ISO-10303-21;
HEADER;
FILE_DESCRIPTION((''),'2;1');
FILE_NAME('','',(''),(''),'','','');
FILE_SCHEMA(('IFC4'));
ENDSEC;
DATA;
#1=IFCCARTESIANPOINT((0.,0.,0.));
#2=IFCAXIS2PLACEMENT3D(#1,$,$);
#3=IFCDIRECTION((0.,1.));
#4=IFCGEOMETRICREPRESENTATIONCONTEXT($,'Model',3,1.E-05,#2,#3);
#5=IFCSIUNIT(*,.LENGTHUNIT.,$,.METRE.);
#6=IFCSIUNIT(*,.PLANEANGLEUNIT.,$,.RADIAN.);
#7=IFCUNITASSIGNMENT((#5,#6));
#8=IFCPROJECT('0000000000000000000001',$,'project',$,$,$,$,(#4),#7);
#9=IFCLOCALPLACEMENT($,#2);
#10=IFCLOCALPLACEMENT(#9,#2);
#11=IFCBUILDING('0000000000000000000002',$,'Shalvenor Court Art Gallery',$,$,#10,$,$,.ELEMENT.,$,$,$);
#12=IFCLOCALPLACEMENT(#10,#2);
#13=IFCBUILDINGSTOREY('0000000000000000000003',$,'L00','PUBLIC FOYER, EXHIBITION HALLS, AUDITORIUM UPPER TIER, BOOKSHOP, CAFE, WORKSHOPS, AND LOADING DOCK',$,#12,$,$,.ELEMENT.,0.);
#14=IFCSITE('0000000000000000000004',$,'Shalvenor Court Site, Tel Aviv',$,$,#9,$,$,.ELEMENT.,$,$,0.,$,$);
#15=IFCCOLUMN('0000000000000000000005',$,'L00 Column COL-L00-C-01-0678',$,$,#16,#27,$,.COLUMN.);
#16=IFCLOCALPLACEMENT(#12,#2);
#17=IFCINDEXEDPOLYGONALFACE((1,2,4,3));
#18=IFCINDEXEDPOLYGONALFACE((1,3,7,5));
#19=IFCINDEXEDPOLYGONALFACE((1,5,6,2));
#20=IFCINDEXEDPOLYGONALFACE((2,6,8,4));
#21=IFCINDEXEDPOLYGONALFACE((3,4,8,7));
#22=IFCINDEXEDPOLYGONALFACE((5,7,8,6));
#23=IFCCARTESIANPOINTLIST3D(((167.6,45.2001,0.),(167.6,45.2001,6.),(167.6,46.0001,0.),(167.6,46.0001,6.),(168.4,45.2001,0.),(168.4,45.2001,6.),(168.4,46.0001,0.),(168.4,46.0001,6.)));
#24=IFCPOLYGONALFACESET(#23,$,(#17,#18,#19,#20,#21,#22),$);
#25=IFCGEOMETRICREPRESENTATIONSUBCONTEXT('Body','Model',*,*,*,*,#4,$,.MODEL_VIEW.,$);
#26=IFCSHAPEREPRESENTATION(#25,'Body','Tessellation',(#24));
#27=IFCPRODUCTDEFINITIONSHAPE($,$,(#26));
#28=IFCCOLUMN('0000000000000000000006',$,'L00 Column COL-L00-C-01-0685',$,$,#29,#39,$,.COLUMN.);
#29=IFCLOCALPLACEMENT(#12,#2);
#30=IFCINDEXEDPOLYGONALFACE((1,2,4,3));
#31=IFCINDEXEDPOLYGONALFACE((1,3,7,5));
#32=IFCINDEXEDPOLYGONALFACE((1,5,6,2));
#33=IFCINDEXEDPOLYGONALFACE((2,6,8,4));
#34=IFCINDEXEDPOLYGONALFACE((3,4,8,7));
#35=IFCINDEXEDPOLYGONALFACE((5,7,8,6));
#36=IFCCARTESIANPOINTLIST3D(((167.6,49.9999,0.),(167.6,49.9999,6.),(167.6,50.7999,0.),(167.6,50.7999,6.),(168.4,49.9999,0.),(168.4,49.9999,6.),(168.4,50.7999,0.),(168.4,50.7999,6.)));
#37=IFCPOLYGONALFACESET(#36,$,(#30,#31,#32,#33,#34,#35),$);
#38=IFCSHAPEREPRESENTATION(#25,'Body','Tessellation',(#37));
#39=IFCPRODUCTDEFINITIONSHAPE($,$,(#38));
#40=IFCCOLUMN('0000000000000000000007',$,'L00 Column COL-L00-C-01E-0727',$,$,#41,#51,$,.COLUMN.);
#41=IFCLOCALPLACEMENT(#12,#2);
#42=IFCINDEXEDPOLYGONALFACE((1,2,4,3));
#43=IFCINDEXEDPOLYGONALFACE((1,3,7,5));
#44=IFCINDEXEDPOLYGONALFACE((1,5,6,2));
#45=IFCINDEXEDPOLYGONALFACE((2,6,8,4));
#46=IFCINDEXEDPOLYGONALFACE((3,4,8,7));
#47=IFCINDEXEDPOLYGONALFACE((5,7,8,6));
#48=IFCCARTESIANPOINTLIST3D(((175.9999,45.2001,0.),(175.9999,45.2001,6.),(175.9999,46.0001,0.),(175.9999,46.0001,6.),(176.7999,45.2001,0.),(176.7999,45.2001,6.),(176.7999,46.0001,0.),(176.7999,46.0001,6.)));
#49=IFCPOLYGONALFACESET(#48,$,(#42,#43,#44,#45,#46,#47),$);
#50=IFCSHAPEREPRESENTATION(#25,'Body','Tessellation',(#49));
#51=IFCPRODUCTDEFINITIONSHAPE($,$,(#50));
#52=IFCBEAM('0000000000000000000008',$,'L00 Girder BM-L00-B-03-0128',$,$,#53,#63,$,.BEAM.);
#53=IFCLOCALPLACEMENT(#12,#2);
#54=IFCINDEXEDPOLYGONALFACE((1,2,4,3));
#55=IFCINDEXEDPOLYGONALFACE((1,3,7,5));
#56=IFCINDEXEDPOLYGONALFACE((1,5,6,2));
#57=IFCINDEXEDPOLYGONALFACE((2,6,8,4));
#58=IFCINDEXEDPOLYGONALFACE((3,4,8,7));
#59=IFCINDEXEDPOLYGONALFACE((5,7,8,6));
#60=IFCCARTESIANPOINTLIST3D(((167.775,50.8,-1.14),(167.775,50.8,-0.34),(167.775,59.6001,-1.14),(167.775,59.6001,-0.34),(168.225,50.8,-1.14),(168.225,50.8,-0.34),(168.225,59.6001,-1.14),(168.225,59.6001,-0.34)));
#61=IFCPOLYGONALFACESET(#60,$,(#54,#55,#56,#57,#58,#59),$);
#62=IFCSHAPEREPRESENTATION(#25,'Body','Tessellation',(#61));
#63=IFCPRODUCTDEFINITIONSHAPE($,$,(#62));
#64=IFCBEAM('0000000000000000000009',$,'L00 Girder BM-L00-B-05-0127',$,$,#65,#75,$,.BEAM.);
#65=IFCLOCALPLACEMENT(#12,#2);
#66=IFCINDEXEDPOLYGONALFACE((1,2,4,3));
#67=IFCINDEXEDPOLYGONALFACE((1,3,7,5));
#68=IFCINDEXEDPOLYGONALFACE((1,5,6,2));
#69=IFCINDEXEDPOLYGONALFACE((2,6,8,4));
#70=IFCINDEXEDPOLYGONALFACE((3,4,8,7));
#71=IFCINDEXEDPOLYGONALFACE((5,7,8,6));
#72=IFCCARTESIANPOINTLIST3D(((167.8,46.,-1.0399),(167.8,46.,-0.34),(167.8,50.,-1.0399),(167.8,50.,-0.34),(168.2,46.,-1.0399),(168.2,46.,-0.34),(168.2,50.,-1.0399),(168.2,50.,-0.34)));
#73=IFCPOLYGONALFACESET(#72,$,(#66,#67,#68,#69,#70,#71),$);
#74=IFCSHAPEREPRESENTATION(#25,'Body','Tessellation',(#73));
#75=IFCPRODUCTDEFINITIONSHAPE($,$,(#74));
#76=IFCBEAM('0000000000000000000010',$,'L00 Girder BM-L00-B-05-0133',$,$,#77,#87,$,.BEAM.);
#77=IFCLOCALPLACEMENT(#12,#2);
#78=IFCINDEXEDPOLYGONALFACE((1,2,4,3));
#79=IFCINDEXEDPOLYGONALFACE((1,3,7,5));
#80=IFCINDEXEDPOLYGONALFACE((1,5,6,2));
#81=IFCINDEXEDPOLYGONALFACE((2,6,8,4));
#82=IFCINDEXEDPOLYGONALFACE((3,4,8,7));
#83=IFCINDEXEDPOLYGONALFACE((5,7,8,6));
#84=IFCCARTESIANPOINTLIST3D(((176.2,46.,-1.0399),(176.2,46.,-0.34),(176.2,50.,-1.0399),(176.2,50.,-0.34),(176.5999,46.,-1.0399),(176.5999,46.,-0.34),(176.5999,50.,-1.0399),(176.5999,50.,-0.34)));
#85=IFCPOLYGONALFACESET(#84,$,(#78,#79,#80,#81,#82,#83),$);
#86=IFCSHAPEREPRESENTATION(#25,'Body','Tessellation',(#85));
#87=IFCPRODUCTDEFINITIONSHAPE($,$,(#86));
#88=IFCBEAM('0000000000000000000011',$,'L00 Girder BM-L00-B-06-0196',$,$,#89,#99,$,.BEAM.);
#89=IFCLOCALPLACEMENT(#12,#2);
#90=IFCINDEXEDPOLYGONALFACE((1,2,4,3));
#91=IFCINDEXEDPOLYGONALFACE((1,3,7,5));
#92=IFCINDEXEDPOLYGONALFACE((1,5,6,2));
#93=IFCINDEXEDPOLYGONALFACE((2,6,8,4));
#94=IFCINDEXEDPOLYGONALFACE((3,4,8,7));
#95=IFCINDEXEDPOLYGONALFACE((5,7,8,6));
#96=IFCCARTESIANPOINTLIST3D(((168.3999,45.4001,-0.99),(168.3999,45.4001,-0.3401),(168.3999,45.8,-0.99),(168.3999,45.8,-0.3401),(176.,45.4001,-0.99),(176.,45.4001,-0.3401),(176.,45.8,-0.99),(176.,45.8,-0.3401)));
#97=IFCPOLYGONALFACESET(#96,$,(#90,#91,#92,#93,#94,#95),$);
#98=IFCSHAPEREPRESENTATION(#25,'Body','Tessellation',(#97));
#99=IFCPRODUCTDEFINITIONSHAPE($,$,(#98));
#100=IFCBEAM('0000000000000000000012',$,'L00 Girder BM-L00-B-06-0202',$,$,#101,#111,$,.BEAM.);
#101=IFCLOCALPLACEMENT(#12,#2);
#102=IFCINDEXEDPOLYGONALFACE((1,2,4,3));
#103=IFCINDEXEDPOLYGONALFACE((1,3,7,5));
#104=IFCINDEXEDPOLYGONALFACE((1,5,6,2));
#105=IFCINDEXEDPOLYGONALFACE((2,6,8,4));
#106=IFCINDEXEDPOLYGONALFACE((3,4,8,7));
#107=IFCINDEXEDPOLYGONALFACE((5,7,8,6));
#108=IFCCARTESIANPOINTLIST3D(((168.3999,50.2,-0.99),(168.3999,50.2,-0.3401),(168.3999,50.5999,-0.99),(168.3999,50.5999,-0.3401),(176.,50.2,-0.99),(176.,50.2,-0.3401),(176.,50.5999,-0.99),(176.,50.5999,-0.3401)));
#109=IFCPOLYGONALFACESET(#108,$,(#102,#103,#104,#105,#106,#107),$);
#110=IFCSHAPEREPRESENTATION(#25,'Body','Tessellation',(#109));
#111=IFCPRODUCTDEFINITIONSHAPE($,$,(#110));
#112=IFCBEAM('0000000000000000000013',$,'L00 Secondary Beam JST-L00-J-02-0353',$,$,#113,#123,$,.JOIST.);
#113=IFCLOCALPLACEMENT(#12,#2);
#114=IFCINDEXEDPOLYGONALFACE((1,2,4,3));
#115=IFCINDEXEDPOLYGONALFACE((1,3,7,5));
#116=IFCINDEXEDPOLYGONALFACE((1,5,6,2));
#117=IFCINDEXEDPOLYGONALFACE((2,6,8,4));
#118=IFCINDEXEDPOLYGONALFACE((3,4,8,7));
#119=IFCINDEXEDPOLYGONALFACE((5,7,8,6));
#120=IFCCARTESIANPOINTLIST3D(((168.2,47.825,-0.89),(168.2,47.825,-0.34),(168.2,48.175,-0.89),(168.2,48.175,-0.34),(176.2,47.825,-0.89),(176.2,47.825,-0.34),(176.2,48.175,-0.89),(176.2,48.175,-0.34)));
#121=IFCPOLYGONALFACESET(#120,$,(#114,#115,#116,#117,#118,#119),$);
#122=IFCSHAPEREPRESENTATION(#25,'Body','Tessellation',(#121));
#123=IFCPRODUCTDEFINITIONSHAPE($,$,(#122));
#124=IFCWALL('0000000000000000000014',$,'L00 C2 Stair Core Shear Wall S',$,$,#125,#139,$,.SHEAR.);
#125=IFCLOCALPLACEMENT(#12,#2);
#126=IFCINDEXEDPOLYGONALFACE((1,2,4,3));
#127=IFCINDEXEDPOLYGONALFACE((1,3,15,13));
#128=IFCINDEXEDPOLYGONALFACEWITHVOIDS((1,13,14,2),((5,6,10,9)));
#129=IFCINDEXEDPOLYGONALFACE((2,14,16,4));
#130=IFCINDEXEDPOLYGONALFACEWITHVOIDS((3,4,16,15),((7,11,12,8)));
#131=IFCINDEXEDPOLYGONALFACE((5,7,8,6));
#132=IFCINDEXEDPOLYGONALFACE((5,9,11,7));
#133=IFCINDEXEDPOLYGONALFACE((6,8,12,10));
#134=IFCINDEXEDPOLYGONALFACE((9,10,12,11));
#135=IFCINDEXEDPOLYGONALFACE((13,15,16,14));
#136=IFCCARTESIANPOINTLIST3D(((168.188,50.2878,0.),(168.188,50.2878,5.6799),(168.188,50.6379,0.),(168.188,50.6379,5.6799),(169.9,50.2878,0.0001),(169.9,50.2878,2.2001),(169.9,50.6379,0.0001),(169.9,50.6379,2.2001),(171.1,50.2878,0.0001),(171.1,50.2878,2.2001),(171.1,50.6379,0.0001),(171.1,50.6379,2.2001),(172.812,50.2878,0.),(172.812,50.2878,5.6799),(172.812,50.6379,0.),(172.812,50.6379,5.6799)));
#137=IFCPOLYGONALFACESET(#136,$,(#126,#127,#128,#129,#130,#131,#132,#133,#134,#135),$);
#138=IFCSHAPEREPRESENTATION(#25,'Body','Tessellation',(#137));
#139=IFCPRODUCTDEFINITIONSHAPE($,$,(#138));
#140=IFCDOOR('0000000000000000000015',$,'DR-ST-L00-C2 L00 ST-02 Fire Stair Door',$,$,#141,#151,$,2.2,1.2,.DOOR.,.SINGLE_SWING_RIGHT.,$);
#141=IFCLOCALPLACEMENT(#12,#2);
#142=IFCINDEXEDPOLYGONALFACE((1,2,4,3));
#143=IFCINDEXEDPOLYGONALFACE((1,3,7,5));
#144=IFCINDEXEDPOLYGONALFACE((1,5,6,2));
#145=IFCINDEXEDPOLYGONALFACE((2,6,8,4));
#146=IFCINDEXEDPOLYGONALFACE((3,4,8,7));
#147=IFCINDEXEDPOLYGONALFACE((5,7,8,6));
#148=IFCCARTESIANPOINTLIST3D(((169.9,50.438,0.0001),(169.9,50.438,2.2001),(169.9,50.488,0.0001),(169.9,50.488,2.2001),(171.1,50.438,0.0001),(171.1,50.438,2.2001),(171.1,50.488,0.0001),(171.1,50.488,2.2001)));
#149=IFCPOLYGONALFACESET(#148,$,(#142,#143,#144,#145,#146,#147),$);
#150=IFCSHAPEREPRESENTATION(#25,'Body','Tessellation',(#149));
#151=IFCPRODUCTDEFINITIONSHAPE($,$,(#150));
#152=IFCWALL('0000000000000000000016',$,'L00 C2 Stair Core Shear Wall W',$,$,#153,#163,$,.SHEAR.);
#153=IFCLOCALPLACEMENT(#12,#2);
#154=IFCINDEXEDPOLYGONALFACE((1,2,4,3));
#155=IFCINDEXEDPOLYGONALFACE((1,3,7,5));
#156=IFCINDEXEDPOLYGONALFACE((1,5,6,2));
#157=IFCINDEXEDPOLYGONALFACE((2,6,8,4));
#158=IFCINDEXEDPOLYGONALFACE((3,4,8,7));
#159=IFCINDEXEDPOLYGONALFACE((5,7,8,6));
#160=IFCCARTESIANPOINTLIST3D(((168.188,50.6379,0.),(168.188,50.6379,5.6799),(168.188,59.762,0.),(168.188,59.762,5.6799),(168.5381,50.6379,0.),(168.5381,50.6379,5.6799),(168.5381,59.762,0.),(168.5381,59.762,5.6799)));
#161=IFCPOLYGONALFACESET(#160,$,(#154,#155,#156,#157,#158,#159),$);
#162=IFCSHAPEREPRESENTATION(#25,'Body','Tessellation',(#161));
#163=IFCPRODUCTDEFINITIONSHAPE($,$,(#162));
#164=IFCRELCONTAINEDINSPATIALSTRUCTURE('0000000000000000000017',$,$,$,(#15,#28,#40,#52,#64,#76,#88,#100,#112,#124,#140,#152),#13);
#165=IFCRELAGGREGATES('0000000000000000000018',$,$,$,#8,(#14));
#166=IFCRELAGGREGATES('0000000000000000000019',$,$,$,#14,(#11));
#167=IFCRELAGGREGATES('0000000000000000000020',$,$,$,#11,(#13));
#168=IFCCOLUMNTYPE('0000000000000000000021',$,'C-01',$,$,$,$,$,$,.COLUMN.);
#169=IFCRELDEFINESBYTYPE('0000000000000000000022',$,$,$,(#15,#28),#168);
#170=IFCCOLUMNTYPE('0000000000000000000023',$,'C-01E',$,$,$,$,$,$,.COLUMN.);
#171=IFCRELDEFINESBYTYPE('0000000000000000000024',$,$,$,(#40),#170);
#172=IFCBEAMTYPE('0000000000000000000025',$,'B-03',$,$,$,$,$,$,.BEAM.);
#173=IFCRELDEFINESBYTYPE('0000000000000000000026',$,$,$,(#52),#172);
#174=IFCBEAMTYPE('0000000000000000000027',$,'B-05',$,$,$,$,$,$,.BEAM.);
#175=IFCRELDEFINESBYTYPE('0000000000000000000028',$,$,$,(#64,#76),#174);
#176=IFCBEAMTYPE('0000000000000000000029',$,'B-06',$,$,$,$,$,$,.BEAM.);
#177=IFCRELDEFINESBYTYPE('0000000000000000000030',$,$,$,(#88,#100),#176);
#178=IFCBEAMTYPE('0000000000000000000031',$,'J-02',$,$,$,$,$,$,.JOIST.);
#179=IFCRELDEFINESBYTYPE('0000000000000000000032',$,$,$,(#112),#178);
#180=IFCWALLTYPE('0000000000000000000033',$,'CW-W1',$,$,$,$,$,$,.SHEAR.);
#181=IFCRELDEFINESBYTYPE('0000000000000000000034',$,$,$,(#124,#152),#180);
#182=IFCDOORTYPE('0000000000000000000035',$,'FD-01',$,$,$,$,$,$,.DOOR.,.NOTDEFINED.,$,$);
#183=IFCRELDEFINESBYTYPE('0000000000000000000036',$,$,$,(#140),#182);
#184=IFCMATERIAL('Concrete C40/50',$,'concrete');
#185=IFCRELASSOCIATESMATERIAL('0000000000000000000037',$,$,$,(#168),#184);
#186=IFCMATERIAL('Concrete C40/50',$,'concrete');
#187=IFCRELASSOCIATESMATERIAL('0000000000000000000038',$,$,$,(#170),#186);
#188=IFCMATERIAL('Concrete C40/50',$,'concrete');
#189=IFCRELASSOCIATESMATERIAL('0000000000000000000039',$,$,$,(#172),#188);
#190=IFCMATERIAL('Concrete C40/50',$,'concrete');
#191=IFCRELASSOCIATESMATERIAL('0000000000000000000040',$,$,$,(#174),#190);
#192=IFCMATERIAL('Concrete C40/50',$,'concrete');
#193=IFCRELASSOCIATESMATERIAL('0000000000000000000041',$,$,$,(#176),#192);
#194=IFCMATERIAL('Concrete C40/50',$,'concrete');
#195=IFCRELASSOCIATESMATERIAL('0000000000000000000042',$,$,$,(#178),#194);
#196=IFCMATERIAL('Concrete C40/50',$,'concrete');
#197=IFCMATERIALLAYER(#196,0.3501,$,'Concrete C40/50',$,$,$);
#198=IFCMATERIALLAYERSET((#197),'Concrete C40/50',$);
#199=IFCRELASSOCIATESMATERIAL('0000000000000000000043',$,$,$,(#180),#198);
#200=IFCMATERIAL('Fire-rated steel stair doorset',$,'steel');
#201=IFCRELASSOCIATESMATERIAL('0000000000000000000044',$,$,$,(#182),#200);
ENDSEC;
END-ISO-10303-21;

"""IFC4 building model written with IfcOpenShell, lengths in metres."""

from ifc_helpers import new_model, si_unit, direction, frame, frame_2d, origin, origin_2d, place, context, subcontext, project, spatial, rectangle, extrude, material, layer, layer_set, material_profile, profile_set, type_object, element, fill, save


model = new_model("IFC4")

# Units and contexts
model_context = context("Model", 3, precision=1e-05, world=origin(), true_north=direction((0.0, 1.0)))
body_context = subcontext(model_context, "Body", "Model", "MODEL_VIEW")
ifc_project = project(units=[si_unit("LENGTHUNIT", "METRE"), si_unit("PLANEANGLEUNIT", "RADIAN")], contexts=[model_context])

# Site, building, storey
site_placement = place(None, origin())
site = spatial("IfcSite", under=ifc_project, at=site_placement, Name="Shalvenor Court Site, Tel Aviv", CompositionType="ELEMENT", RefElevation=0.0)
building_placement = place(site_placement, origin())
building = spatial("IfcBuilding", under=site, at=building_placement, Name="Shalvenor Court Art Gallery", CompositionType="ELEMENT")
storey_placement = place(building_placement, origin())
storey = spatial("IfcBuildingStorey", under=building, at=storey_placement, Name="L00", Description="PUBLIC FOYER, EXHIBITION HALLS, AUDITORIUM UPPER TIER, BOOKSHOP, CAFE, WORKSHOPS, AND LOADING DOCK", CompositionType="ELEMENT", Elevation=0.0)

# Columns
ifc_material_1 = material(Name="Concrete C40/50", Category="concrete")
ifc_material_profile_1 = material_profile(ifc_material_1, rectangle(XDim=0.8, YDim=0.8, at=origin_2d()), Name="RC 800x800")
ifc_profile_set_1 = profile_set([ifc_material_profile_1], Name="Concrete C40/50")
column_type_1 = type_object("IfcColumnType", Name="C-01", PredefinedType="COLUMN", material=ifc_profile_set_1)
for number, where, z_axis, x_axis, name in (
    (1, (168.0, 45.6001, 0.0), (0.0, 0.0, 1.0), (1.0, 0.0, 0.0), "L00 Column COL-L00-C-01-0678"),
    (2, (168.0, 50.3999, 0.0), (0.0, 0.0, 1.0), (1.0, 0.0, 0.0), "L00 Column COL-L00-C-01-0685"),
):
    element("IfcColumn", number, at=place(storey_placement, frame(where, z_axis=z_axis, x_axis=x_axis)), inside=storey, type_object=column_type_1, Name=name, PredefinedType="COLUMN", context=body_context, shape_type="SweptSolid", body=[
        extrude(rectangle(XDim=0.8, YDim=0.8, at=origin_2d()), origin(), (0.0, 0.0, 1.0), 6.0),
    ])
ifc_material_2 = material(Name="Concrete C40/50", Category="concrete")
ifc_material_profile_2 = material_profile(ifc_material_2, rectangle(XDim=0.8, YDim=0.8, at=origin_2d()), Name="RC 800x800")
ifc_profile_set_2 = profile_set([ifc_material_profile_2], Name="Concrete C40/50")
column_type_2 = type_object("IfcColumnType", Name="C-01E", PredefinedType="COLUMN", material=ifc_profile_set_2)
column_placement = place(storey_placement, frame((176.3999, 45.6001, 0.0), z_axis=(0.0, 0.0, 1.0), x_axis=(1.0, 0.0, 0.0)))
element("IfcColumn", 3, at=column_placement, inside=storey, type_object=column_type_2, Name="L00 Column COL-L00-C-01E-0727", PredefinedType="COLUMN", context=body_context, shape_type="SweptSolid", body=[
    extrude(rectangle(XDim=0.8, YDim=0.8, at=origin_2d()), origin(), (0.0, 0.0, 1.0), 6.0),
])

# Beams
ifc_material_3 = material(Name="Concrete C40/50", Category="concrete")
ifc_material_profile_3 = material_profile(ifc_material_3, rectangle(XDim=0.45, YDim=0.8, at=origin_2d()), Name="RC 450x800")
ifc_profile_set_3 = profile_set([ifc_material_profile_3], Name="Concrete C40/50")
beam_type_1 = type_object("IfcBeamType", Name="B-03", PredefinedType="BEAM", material=ifc_profile_set_3)
beam_1_placement = place(storey_placement, frame((168.0, 50.8, -0.74), z_axis=(0.0, 1.0, 0.0), x_axis=(-1.0, 0.0, 0.0)))
element("IfcBeam", 4, at=beam_1_placement, inside=storey, type_object=beam_type_1, Name="L00 Girder BM-L00-B-03-0128", PredefinedType="BEAM", context=body_context, shape_type="SweptSolid", body=[
    extrude(rectangle(XDim=0.45, YDim=0.8, at=origin_2d()), origin(), (0.0, 0.0, 1.0), 8.8),
])
ifc_material_4 = material(Name="Concrete C40/50", Category="concrete")
ifc_material_profile_4 = material_profile(ifc_material_4, rectangle(XDim=0.3999, YDim=0.7, at=origin_2d()), Name="RC 400x700")
ifc_profile_set_4 = profile_set([ifc_material_profile_4], Name="Concrete C40/50")
beam_type_2 = type_object("IfcBeamType", Name="B-05", PredefinedType="BEAM", material=ifc_profile_set_4)
for number, where, z_axis, x_axis, name in (
    (5, (168.0, 46.0, -0.6899), (0.0, 1.0, 0.0), (-1.0, 0.0, 0.0), "L00 Girder BM-L00-B-05-0127"),
    (6, (176.3999, 46.0, -0.6899), (0.0, 1.0, 0.0), (-1.0, 0.0, 0.0), "L00 Girder BM-L00-B-05-0133"),
):
    element("IfcBeam", number, at=place(storey_placement, frame(where, z_axis=z_axis, x_axis=x_axis)), inside=storey, type_object=beam_type_2, Name=name, PredefinedType="BEAM", context=body_context, shape_type="SweptSolid", body=[
        extrude(rectangle(XDim=0.3999, YDim=0.7, at=origin_2d()), origin(), (0.0, 0.0, 1.0), 4.0),
    ])
ifc_material_5 = material(Name="Concrete C40/50", Category="concrete")
ifc_material_profile_5 = material_profile(ifc_material_5, rectangle(XDim=0.3999, YDim=0.6499, at=origin_2d()), Name="RC 400x650")
ifc_profile_set_5 = profile_set([ifc_material_profile_5], Name="Concrete C40/50")
beam_type_3 = type_object("IfcBeamType", Name="B-06", PredefinedType="BEAM", material=ifc_profile_set_5)
for number, where, z_axis, x_axis, name in (
    (7, (168.3999, 45.6001, -0.665), (1.0, 0.0, 0.0), (0.0, 1.0, 0.0), "L00 Girder BM-L00-B-06-0196"),
    (8, (168.3999, 50.3999, -0.665), (1.0, 0.0, 0.0), (0.0, 1.0, 0.0), "L00 Girder BM-L00-B-06-0202"),
):
    element("IfcBeam", number, at=place(storey_placement, frame(where, z_axis=z_axis, x_axis=x_axis)), inside=storey, type_object=beam_type_3, Name=name, PredefinedType="BEAM", context=body_context, shape_type="SweptSolid", body=[
        extrude(rectangle(XDim=0.3999, YDim=0.6499, at=origin_2d()), origin(), (0.0, 0.0, 1.0), 7.6001),
    ])
ifc_material_6 = material(Name="Concrete C40/50", Category="concrete")
ifc_material_profile_6 = material_profile(ifc_material_6, rectangle(XDim=0.3501, YDim=0.55, at=origin_2d()), Name="RC 350x550")
ifc_profile_set_6 = profile_set([ifc_material_profile_6], Name="Concrete C40/50")
beam_type_4 = type_object("IfcBeamType", Name="J-02", PredefinedType="JOIST", material=ifc_profile_set_6)
beam_2_placement = place(storey_placement, frame((168.2, 48.0, -0.615), z_axis=(1.0, 0.0, 0.0), x_axis=(0.0, 1.0, 0.0)))
element("IfcBeam", 9, at=beam_2_placement, inside=storey, type_object=beam_type_4, Name="L00 Secondary Beam JST-L00-J-02-0353", PredefinedType="JOIST", context=body_context, shape_type="SweptSolid", body=[
    extrude(rectangle(XDim=0.3501, YDim=0.55, at=origin_2d()), origin(), (0.0, 0.0, 1.0), 8.0),
])

# Wall, opening, door
ifc_material_7 = material(Name="Concrete C40/50", Category="concrete")
ifc_layer_1 = layer(ifc_material_7, 0.3501, Name="Concrete C40/50")
ifc_layer_set_1 = layer_set([ifc_layer_1], Name="Concrete C40/50")
wall_type_1 = type_object("IfcWallType", Name="CW-W1", PredefinedType="SHEAR", material=ifc_layer_set_1)
wall_1_placement = place(storey_placement, frame((172.812, 50.4629, 0.0), z_axis=(0.0, 0.0, 1.0), x_axis=(-1.0, 0.0, 0.0)))
wall_1 = element("IfcWall", 10, at=wall_1_placement, inside=storey, type_object=wall_type_1, Name="L00 C2 Stair Core Shear Wall S", PredefinedType="SHEAR", context=body_context, shape_type="SweptSolid", body=[
    extrude(rectangle(XDim=4.624, YDim=0.3501, at=frame_2d((2.312, 0.0))), origin(), (0.0, 0.0, 1.0), 5.6799),
])
opening_1_placement = place(wall_1_placement, frame((1.7119, 0.0, 0.0)))
opening_1 = element("IfcOpeningElement", 11, at=opening_1_placement, cuts=wall_1, PredefinedType="OPENING", context=body_context, shape_type="SweptSolid", body=[
    extrude(rectangle(XDim=1.2, YDim=2.2, at=frame_2d((0.6001, 1.1001))), frame((0.0, 0.1851, 0.0), z_axis=(0.0, -1.0, 0.0), x_axis=(1.0, 0.0, 0.0)), (0.0, 0.0, 1.0), 0.3701),
])
ifc_material_8 = material(Name="Fire-rated steel stair doorset", Category="steel")
door_type_1 = type_object("IfcDoorType", Name="FD-01", OperationType="NOTDEFINED", PredefinedType="DOOR", material=ifc_material_8)
door_1_placement = place(opening_1_placement, origin())
door_1 = element("IfcDoor", 12, at=door_1_placement, inside=storey, type_object=door_type_1, Name="DR-ST-L00-C2 L00 ST-02 Fire Stair Door", OperationType="SINGLE_SWING_RIGHT", OverallHeight=2.2, OverallWidth=1.2, PredefinedType="DOOR", context=body_context, shape_type="SweptSolid", body=[
    extrude(rectangle(XDim=1.2, YDim=2.2, at=frame_2d((0.6001, 1.1001))), frame((0.0, 0.0249, 0.0), z_axis=(0.0, -1.0, 0.0), x_axis=(1.0, 0.0, 0.0)), (0.0, 0.0, 1.0), 0.05),
])
fill(opening_1, door_1)

# Wall
wall_2_placement = place(storey_placement, frame((168.363, 50.6379, 0.0), z_axis=(0.0, 0.0, 1.0), x_axis=(0.0, 1.0, 0.0)))
element("IfcWall", 13, at=wall_2_placement, inside=storey, type_object=wall_type_1, Name="L00 C2 Stair Core Shear Wall W", PredefinedType="SHEAR", context=body_context, shape_type="SweptSolid", body=[
    extrude(rectangle(XDim=9.124, YDim=0.3501, at=frame_2d((4.562, 0.0))), origin(), (0.0, 0.0, 1.0), 5.6799),
])

save(model, "model.ifc")
